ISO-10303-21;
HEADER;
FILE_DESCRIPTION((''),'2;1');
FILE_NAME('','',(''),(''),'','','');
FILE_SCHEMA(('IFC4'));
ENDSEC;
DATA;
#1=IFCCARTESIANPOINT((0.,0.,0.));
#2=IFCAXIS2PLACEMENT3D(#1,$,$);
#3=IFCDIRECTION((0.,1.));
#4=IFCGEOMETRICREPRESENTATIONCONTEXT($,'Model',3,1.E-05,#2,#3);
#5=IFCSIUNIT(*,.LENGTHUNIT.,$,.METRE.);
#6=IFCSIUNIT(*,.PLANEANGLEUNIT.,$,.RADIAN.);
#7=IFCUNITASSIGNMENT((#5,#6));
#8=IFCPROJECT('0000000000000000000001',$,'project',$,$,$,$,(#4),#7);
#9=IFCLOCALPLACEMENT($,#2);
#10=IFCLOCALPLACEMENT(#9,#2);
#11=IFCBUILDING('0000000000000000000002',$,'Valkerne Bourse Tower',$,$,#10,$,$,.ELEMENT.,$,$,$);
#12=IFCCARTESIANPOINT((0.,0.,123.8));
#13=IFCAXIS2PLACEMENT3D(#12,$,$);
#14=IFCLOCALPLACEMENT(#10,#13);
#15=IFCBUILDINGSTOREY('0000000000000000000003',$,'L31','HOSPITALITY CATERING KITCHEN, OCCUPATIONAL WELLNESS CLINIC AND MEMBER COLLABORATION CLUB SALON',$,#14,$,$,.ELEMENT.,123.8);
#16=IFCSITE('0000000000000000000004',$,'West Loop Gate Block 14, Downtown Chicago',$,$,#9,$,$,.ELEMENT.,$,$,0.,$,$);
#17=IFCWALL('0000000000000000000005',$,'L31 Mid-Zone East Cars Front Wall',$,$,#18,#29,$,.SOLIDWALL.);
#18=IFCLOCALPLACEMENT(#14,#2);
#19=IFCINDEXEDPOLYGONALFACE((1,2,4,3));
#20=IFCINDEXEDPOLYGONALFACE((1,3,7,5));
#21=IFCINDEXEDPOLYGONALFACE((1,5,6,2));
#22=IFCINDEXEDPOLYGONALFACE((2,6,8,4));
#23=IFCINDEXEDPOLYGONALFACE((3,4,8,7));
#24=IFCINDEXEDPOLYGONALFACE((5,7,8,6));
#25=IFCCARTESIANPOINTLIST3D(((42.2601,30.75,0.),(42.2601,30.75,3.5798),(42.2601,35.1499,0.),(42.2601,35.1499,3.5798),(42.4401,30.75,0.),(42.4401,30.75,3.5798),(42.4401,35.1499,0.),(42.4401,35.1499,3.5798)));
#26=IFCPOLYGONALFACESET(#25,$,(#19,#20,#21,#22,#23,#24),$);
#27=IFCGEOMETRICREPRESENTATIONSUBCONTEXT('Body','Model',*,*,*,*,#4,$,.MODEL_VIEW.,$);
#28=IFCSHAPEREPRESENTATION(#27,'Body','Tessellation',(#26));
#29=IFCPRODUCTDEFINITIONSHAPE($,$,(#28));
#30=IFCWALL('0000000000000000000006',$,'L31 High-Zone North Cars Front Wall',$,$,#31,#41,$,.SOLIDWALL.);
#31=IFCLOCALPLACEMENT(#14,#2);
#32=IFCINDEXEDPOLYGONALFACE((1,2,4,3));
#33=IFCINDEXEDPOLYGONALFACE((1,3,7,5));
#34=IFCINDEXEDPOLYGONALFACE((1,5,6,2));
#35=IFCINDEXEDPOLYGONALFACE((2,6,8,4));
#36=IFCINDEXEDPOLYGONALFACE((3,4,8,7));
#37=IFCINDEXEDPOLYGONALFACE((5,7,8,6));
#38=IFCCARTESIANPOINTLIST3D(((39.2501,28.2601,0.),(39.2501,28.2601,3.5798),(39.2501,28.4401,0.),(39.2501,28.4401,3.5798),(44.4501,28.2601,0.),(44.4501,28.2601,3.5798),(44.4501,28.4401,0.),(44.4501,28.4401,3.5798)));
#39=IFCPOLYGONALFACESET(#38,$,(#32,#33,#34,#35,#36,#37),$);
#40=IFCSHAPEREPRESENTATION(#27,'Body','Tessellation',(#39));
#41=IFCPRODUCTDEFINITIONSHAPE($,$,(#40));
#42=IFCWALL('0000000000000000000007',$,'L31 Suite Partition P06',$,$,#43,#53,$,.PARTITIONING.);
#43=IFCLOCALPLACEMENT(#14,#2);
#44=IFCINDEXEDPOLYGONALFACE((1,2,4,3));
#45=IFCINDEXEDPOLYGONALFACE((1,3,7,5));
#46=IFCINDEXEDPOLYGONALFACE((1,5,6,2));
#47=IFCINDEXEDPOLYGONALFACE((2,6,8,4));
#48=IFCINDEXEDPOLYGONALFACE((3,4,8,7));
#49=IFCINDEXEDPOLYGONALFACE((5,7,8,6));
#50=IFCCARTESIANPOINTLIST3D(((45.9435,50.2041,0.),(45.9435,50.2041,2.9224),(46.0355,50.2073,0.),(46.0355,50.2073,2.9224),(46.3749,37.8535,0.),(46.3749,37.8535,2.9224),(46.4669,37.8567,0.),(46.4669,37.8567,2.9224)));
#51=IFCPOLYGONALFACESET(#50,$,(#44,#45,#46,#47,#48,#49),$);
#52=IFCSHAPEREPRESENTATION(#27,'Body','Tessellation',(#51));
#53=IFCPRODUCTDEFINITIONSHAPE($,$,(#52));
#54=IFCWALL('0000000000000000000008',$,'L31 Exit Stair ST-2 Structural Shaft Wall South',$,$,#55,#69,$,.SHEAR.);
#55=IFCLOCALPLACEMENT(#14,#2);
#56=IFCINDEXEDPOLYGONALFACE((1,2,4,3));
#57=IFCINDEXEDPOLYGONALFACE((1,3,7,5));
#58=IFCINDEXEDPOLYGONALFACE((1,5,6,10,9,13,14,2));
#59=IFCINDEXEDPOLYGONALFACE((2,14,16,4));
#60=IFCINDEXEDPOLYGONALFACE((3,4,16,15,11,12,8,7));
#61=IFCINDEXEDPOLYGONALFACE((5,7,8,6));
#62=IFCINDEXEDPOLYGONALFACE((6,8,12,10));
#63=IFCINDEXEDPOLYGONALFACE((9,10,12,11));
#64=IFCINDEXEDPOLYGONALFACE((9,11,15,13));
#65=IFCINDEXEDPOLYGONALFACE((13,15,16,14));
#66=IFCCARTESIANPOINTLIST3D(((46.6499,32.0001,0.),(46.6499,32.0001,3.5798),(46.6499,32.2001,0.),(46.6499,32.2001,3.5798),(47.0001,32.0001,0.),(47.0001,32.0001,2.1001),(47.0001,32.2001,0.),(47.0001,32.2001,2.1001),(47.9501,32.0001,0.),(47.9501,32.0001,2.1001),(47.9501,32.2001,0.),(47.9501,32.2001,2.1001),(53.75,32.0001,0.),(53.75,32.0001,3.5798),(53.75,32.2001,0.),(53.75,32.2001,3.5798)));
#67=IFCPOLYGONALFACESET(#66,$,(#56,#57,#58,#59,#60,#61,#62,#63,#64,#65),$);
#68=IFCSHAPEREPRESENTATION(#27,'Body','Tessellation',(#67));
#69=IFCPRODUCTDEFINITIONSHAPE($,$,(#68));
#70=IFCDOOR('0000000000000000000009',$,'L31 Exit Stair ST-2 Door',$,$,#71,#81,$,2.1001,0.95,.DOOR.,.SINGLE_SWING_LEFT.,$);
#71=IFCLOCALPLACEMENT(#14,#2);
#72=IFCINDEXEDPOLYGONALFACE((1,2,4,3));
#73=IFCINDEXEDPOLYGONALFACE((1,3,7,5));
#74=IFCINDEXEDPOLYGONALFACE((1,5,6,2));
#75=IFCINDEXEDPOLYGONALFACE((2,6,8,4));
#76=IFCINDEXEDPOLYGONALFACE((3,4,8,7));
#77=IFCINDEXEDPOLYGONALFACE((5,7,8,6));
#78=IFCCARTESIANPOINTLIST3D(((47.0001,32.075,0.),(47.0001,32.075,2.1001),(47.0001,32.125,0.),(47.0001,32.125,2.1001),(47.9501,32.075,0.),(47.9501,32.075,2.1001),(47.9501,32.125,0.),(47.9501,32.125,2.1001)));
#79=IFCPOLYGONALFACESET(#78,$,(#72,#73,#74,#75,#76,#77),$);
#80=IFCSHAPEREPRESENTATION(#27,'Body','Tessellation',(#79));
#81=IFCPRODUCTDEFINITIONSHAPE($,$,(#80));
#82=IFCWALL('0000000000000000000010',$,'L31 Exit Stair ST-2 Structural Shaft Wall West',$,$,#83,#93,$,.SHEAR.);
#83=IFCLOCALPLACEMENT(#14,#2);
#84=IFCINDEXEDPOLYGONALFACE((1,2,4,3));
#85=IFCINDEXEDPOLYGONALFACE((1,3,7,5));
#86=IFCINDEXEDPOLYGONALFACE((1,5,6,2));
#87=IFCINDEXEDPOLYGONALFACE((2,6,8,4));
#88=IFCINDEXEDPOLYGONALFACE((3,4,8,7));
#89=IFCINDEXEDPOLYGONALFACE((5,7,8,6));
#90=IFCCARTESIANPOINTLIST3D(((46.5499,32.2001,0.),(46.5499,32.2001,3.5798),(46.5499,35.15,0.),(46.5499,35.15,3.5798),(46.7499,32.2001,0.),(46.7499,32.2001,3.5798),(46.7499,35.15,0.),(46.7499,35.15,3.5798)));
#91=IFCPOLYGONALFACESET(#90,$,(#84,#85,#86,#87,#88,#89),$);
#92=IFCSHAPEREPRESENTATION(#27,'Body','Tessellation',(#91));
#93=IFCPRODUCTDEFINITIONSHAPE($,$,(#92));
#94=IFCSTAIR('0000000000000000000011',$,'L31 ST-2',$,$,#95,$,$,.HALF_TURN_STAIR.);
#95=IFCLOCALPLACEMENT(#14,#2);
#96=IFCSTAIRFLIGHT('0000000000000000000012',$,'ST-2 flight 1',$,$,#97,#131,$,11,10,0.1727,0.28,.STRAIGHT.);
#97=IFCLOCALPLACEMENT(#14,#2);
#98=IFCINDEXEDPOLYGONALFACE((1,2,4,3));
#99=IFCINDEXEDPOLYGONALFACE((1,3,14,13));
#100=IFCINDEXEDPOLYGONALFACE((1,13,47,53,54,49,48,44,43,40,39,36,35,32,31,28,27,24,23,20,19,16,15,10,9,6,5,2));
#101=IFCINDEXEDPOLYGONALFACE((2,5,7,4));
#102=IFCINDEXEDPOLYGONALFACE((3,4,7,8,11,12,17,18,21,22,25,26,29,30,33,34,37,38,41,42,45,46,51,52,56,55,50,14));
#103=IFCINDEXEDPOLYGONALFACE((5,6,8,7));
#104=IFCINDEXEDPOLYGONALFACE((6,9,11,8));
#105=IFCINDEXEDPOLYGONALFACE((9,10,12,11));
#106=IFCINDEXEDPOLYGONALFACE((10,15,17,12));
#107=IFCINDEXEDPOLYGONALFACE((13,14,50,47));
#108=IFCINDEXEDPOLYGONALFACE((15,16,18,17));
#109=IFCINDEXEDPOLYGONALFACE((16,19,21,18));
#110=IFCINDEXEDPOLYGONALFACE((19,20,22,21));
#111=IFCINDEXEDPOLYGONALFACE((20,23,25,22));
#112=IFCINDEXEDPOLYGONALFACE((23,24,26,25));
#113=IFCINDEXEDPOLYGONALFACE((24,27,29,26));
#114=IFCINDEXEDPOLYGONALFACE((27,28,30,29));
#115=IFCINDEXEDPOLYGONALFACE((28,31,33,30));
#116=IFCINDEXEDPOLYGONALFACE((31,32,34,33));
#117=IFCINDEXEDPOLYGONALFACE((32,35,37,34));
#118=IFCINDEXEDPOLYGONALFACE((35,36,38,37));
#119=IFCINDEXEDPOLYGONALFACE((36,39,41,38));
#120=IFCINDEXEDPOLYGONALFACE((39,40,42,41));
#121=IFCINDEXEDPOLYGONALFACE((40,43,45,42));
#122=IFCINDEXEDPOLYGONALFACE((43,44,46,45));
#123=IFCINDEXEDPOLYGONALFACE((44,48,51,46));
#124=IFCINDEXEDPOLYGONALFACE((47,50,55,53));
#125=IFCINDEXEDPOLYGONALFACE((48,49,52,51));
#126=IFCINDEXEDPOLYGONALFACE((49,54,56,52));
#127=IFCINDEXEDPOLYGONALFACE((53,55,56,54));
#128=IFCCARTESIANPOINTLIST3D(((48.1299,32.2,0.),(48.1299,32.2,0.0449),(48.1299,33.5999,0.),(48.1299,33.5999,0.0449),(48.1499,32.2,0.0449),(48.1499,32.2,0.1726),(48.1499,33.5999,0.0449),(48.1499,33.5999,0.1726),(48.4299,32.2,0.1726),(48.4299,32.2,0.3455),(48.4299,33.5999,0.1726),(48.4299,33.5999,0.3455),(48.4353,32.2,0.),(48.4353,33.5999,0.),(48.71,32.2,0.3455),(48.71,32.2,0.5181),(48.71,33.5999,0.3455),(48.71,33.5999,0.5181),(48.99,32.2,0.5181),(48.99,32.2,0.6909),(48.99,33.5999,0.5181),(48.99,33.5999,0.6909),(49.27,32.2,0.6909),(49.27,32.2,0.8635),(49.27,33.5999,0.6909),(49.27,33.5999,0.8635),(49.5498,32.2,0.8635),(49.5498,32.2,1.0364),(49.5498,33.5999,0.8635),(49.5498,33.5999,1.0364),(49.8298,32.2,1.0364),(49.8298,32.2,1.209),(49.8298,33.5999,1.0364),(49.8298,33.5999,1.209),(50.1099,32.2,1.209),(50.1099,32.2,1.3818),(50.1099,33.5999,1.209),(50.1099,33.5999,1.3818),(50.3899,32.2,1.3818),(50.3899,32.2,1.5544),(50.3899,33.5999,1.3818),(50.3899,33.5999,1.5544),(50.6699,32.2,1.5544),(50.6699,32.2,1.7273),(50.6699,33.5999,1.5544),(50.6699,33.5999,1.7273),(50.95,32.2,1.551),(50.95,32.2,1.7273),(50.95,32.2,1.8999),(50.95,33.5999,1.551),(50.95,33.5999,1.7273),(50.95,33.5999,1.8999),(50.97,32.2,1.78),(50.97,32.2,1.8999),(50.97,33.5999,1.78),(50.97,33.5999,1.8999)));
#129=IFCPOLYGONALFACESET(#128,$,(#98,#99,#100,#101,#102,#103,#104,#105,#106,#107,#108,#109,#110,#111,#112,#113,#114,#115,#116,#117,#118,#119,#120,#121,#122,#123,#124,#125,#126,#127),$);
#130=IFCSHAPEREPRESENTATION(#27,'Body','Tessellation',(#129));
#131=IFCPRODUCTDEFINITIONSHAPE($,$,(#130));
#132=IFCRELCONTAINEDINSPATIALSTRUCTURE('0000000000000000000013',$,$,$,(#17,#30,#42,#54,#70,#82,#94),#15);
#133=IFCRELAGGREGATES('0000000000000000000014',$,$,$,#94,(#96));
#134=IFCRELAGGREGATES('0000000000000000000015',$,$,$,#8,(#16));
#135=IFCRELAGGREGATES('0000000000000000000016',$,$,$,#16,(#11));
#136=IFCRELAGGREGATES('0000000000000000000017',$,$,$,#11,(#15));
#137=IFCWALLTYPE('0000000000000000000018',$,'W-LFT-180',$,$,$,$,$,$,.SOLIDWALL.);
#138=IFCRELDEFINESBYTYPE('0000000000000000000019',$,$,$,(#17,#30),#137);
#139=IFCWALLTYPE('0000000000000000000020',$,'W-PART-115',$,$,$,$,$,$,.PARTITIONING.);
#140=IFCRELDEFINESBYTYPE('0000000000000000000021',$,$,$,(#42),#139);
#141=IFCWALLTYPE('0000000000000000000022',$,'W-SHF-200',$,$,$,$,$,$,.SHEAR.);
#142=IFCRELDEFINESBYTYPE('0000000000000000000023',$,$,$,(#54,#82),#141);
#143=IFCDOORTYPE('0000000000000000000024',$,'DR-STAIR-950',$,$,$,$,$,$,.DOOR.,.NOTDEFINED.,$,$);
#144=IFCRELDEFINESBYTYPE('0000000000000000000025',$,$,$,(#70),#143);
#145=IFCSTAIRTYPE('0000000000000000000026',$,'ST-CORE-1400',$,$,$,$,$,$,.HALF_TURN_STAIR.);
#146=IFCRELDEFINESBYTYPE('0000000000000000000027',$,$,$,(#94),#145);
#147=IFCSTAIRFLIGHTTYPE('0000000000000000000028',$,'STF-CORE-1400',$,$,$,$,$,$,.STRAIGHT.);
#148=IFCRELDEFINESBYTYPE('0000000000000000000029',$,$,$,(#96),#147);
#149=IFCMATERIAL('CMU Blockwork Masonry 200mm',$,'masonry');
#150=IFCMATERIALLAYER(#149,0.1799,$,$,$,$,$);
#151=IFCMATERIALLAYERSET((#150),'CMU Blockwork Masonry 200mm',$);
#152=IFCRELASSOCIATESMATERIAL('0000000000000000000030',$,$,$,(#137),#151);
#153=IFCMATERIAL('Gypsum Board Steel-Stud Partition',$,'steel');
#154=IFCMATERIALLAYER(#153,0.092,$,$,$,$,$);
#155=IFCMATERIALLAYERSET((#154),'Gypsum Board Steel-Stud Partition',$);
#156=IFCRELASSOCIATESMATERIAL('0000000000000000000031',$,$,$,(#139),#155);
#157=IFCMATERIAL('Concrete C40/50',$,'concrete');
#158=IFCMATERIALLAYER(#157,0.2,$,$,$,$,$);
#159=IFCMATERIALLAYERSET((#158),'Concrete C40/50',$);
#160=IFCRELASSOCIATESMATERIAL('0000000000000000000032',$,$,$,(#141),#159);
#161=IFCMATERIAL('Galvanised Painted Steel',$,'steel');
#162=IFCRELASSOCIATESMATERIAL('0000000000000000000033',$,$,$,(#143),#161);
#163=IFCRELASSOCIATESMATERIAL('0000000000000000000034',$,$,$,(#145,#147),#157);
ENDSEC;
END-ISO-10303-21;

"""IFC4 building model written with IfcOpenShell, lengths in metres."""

from ifc_helpers import new_model, si_unit, direction, frame, frame_2d, origin, place, context, subcontext, project, spatial, polyline, rectangle, outline, extrude, material, layer, layer_set, type_object, element, fill, aggregate, save


model = new_model("IFC4")

# Units and contexts
model_context = context("Model", 3, precision=1e-05, world=origin(), true_north=direction((0.0, 1.0)))
body_context = subcontext(model_context, "Body", "Model", "MODEL_VIEW")
ifc_project = project(units=[si_unit("LENGTHUNIT", "METRE"), si_unit("PLANEANGLEUNIT", "RADIAN")], contexts=[model_context])

# Site, building, storey
site_placement = place(None, origin())
site = spatial("IfcSite", under=ifc_project, at=site_placement, Name="West Loop Gate Block 14, Downtown Chicago", CompositionType="ELEMENT", RefElevation=0.0)
building_placement = place(site_placement, origin())
building = spatial("IfcBuilding", under=site, at=building_placement, Name="Valkerne Bourse Tower", CompositionType="ELEMENT")
storey_placement = place(building_placement, frame((0.0, 0.0, 123.8)))
storey = spatial("IfcBuildingStorey", under=building, at=storey_placement, Name="L31", Description="HOSPITALITY CATERING KITCHEN, OCCUPATIONAL WELLNESS CLINIC AND MEMBER COLLABORATION CLUB SALON", CompositionType="ELEMENT", Elevation=123.8)

# Shared definitions
ifc_material_1 = material(Name="Galvanised Painted Steel", Category="steel")

# Walls
ifc_material_2 = material(Name="CMU Blockwork Masonry 200mm", Category="masonry")
ifc_layer_1 = layer(ifc_material_2, 0.1799)
ifc_layer_set_1 = layer_set([ifc_layer_1], Name="CMU Blockwork Masonry 200mm")
wall_type_1 = type_object("IfcWallType", Name="W-LFT-180", PredefinedType="SOLIDWALL", material=ifc_layer_set_1)
for number, where, z_axis, x_axis, name in (
    (1, (42.3501, 30.75, 0.0), (0.0, 0.0, 1.0), (0.0, 1.0, 0.0), "L31 Mid-Zone East Cars Front Wall"),
):
    element("IfcWall", number, at=place(storey_placement, frame(where, z_axis=z_axis, x_axis=x_axis)), inside=storey, type_object=wall_type_1, Name=name, PredefinedType="SOLIDWALL", context=body_context, shape_type="SweptSolid", body=[
        extrude(rectangle(XDim=4.3999, YDim=0.1799, at=frame_2d((2.2, 0.0))), origin(), (0.0, 0.0, 1.0), 3.5798),
    ])
wall_1_placement = place(storey_placement, frame((39.25, 28.3501, 0.0), z_axis=(0.0, 0.0, 1.0), x_axis=(1.0, 0.0, 0.0)))
element("IfcWall", 2, at=wall_1_placement, inside=storey, type_object=wall_type_1, Name="L31 High-Zone North Cars Front Wall", PredefinedType="SOLIDWALL", context=body_context, shape_type="SweptSolid", body=[
    extrude(rectangle(XDim=5.2, YDim=0.1799, at=frame_2d((2.6001, 0.0))), origin(), (0.0, 0.0, 1.0), 3.5798),
])
ifc_material_3 = material(Name="Gypsum Board Steel-Stud Partition", Category="steel")
ifc_layer_2 = layer(ifc_material_3, 0.092)
ifc_layer_set_2 = layer_set([ifc_layer_2], Name="Gypsum Board Steel-Stud Partition")
wall_type_2 = type_object("IfcWallType", Name="W-PART-115", PredefinedType="PARTITIONING", material=ifc_layer_set_2)
wall_2_placement = place(storey_placement, frame((46.4209, 37.855, 0.0), z_axis=(0.0, 0.0, 1.0), x_axis=(-0.034908, 0.999391, 0.0)))
element("IfcWall", 3, at=wall_2_placement, inside=storey, type_object=wall_type_2, Name="L31 Suite Partition P06", PredefinedType="PARTITIONING", context=body_context, shape_type="SweptSolid", body=[
    extrude(rectangle(XDim=12.3582, YDim=0.092, at=frame_2d((6.1792, 0.0))), origin(), (0.0, 0.0, 1.0), 2.9224),
])

# Wall, opening, door
ifc_material_4 = material(Name="Concrete C40/50", Category="concrete")
ifc_layer_3 = layer(ifc_material_4, 0.2)
ifc_layer_set_3 = layer_set([ifc_layer_3], Name="Concrete C40/50")
wall_type_3 = type_object("IfcWallType", Name="W-SHF-200", PredefinedType="SHEAR", material=ifc_layer_set_3)
wall_3_placement = place(storey_placement, frame((46.6499, 32.1001, 0.0), z_axis=(0.0, 0.0, 1.0), x_axis=(1.0, 0.0, 0.0)))
wall_3 = element("IfcWall", 4, at=wall_3_placement, inside=storey, type_object=wall_type_3, Name="L31 Exit Stair ST-2 Structural Shaft Wall South", PredefinedType="SHEAR", context=body_context, shape_type="SweptSolid", body=[
    extrude(rectangle(XDim=7.1001, YDim=0.2, at=frame_2d((3.55, 0.0))), origin(), (0.0, 0.0, 1.0), 3.5798),
])
opening_1_placement = place(wall_3_placement, frame((0.3501, 0.0, 0.0)))
opening_1 = element("IfcOpeningElement", 5, at=opening_1_placement, cuts=wall_3, PredefinedType="OPENING", context=body_context, shape_type="SweptSolid", body=[
    extrude(rectangle(XDim=0.95, YDim=2.1001, at=frame_2d((0.4751, 1.05))), frame((0.0, 0.1099, 0.0), z_axis=(0.0, -1.0, 0.0), x_axis=(1.0, 0.0, 0.0)), (0.0, 0.0, 1.0), 0.22),
])
door_type_1 = type_object("IfcDoorType", Name="DR-STAIR-950", OperationType="NOTDEFINED", PredefinedType="DOOR", material=ifc_material_1)
door_1_placement = place(opening_1_placement, origin())
door_1 = element("IfcDoor", 6, at=door_1_placement, inside=storey, type_object=door_type_1, Name="L31 Exit Stair ST-2 Door", OperationType="SINGLE_SWING_LEFT", OverallHeight=2.1001, OverallWidth=0.95, PredefinedType="DOOR", context=body_context, shape_type="SweptSolid", body=[
    extrude(rectangle(XDim=0.95, YDim=2.1001, at=frame_2d((0.4751, 1.05))), frame((0.0, 0.0249, 0.0), z_axis=(0.0, -1.0, 0.0), x_axis=(1.0, 0.0, 0.0)), (0.0, 0.0, 1.0), 0.05),
])
fill(opening_1, door_1)

# Wall
wall_4_placement = place(storey_placement, frame((46.6499, 32.2, 0.0), z_axis=(0.0, 0.0, 1.0), x_axis=(0.0, 1.0, 0.0)))
element("IfcWall", 7, at=wall_4_placement, inside=storey, type_object=wall_type_3, Name="L31 Exit Stair ST-2 Structural Shaft Wall West", PredefinedType="SHEAR", context=body_context, shape_type="SweptSolid", body=[
    extrude(rectangle(XDim=2.95, YDim=0.2, at=frame_2d((1.4751, 0.0))), origin(), (0.0, 0.0, 1.0), 3.5798),
])

# Stair, stair flight
stair_type = type_object("IfcStairType", Name="ST-CORE-1400", PredefinedType="HALF_TURN_STAIR", material=ifc_material_4)
stair_placement = place(storey_placement, origin())
stair = element("IfcStair", 8, at=stair_placement, inside=storey, type_object=stair_type, Name="L31 ST-2", PredefinedType="HALF_TURN_STAIR")
stair_flight_type = type_object("IfcStairFlightType", Name="STF-CORE-1400", PredefinedType="STRAIGHT", material=ifc_material_4)
stair_flight_placement = place(storey_placement, frame((48.1499, 32.8999, 0.0), z_axis=(0.0, 0.0, 1.0), x_axis=(1.0, 0.0, 0.0)))
stair_flight = element("IfcStairFlight", 9, at=stair_flight_placement, type_object=stair_flight_type, Name="ST-2 flight 1", NumberOfRisers=11, NumberOfTreads=10, PredefinedType="STRAIGHT", RiserHeight=0.1727, TreadLength=0.28, context=body_context, shape_type="SweptSolid", body=[
    extrude(outline(polyline([(-0.02, 0.0), (-0.02, 0.0449), (0.0, 0.0449), (0.0, 0.1726), (0.28, 0.1726), (0.28, 0.3455), (0.5601, 0.3455), (0.5601, 0.5181), (0.8401, 0.5181), (0.8401, 0.6909), (1.1201, 0.6909), (1.1201, 0.8635), (1.3999, 0.8635), (1.3999, 1.0364), (1.6799, 1.0364), (1.6799, 1.209), (1.96, 1.209), (1.96, 1.3818), (2.24, 1.3818), (2.24, 1.5544), (2.52, 1.5544), (2.52, 1.7273), (2.8, 1.7273), (2.8, 1.8999), (2.8201, 1.8999), (2.8201, 1.78), (2.8, 1.551), (0.2854, 0.0), (-0.02, 0.0)])), frame((0.0, 0.7, 0.0), z_axis=(0.0, -1.0, 0.0), x_axis=(1.0, 0.0, 0.0)), (0.0, 0.0, 1.0), 1.3999),
])
aggregate(stair, [stair_flight])

save(model, "model.ifc")
